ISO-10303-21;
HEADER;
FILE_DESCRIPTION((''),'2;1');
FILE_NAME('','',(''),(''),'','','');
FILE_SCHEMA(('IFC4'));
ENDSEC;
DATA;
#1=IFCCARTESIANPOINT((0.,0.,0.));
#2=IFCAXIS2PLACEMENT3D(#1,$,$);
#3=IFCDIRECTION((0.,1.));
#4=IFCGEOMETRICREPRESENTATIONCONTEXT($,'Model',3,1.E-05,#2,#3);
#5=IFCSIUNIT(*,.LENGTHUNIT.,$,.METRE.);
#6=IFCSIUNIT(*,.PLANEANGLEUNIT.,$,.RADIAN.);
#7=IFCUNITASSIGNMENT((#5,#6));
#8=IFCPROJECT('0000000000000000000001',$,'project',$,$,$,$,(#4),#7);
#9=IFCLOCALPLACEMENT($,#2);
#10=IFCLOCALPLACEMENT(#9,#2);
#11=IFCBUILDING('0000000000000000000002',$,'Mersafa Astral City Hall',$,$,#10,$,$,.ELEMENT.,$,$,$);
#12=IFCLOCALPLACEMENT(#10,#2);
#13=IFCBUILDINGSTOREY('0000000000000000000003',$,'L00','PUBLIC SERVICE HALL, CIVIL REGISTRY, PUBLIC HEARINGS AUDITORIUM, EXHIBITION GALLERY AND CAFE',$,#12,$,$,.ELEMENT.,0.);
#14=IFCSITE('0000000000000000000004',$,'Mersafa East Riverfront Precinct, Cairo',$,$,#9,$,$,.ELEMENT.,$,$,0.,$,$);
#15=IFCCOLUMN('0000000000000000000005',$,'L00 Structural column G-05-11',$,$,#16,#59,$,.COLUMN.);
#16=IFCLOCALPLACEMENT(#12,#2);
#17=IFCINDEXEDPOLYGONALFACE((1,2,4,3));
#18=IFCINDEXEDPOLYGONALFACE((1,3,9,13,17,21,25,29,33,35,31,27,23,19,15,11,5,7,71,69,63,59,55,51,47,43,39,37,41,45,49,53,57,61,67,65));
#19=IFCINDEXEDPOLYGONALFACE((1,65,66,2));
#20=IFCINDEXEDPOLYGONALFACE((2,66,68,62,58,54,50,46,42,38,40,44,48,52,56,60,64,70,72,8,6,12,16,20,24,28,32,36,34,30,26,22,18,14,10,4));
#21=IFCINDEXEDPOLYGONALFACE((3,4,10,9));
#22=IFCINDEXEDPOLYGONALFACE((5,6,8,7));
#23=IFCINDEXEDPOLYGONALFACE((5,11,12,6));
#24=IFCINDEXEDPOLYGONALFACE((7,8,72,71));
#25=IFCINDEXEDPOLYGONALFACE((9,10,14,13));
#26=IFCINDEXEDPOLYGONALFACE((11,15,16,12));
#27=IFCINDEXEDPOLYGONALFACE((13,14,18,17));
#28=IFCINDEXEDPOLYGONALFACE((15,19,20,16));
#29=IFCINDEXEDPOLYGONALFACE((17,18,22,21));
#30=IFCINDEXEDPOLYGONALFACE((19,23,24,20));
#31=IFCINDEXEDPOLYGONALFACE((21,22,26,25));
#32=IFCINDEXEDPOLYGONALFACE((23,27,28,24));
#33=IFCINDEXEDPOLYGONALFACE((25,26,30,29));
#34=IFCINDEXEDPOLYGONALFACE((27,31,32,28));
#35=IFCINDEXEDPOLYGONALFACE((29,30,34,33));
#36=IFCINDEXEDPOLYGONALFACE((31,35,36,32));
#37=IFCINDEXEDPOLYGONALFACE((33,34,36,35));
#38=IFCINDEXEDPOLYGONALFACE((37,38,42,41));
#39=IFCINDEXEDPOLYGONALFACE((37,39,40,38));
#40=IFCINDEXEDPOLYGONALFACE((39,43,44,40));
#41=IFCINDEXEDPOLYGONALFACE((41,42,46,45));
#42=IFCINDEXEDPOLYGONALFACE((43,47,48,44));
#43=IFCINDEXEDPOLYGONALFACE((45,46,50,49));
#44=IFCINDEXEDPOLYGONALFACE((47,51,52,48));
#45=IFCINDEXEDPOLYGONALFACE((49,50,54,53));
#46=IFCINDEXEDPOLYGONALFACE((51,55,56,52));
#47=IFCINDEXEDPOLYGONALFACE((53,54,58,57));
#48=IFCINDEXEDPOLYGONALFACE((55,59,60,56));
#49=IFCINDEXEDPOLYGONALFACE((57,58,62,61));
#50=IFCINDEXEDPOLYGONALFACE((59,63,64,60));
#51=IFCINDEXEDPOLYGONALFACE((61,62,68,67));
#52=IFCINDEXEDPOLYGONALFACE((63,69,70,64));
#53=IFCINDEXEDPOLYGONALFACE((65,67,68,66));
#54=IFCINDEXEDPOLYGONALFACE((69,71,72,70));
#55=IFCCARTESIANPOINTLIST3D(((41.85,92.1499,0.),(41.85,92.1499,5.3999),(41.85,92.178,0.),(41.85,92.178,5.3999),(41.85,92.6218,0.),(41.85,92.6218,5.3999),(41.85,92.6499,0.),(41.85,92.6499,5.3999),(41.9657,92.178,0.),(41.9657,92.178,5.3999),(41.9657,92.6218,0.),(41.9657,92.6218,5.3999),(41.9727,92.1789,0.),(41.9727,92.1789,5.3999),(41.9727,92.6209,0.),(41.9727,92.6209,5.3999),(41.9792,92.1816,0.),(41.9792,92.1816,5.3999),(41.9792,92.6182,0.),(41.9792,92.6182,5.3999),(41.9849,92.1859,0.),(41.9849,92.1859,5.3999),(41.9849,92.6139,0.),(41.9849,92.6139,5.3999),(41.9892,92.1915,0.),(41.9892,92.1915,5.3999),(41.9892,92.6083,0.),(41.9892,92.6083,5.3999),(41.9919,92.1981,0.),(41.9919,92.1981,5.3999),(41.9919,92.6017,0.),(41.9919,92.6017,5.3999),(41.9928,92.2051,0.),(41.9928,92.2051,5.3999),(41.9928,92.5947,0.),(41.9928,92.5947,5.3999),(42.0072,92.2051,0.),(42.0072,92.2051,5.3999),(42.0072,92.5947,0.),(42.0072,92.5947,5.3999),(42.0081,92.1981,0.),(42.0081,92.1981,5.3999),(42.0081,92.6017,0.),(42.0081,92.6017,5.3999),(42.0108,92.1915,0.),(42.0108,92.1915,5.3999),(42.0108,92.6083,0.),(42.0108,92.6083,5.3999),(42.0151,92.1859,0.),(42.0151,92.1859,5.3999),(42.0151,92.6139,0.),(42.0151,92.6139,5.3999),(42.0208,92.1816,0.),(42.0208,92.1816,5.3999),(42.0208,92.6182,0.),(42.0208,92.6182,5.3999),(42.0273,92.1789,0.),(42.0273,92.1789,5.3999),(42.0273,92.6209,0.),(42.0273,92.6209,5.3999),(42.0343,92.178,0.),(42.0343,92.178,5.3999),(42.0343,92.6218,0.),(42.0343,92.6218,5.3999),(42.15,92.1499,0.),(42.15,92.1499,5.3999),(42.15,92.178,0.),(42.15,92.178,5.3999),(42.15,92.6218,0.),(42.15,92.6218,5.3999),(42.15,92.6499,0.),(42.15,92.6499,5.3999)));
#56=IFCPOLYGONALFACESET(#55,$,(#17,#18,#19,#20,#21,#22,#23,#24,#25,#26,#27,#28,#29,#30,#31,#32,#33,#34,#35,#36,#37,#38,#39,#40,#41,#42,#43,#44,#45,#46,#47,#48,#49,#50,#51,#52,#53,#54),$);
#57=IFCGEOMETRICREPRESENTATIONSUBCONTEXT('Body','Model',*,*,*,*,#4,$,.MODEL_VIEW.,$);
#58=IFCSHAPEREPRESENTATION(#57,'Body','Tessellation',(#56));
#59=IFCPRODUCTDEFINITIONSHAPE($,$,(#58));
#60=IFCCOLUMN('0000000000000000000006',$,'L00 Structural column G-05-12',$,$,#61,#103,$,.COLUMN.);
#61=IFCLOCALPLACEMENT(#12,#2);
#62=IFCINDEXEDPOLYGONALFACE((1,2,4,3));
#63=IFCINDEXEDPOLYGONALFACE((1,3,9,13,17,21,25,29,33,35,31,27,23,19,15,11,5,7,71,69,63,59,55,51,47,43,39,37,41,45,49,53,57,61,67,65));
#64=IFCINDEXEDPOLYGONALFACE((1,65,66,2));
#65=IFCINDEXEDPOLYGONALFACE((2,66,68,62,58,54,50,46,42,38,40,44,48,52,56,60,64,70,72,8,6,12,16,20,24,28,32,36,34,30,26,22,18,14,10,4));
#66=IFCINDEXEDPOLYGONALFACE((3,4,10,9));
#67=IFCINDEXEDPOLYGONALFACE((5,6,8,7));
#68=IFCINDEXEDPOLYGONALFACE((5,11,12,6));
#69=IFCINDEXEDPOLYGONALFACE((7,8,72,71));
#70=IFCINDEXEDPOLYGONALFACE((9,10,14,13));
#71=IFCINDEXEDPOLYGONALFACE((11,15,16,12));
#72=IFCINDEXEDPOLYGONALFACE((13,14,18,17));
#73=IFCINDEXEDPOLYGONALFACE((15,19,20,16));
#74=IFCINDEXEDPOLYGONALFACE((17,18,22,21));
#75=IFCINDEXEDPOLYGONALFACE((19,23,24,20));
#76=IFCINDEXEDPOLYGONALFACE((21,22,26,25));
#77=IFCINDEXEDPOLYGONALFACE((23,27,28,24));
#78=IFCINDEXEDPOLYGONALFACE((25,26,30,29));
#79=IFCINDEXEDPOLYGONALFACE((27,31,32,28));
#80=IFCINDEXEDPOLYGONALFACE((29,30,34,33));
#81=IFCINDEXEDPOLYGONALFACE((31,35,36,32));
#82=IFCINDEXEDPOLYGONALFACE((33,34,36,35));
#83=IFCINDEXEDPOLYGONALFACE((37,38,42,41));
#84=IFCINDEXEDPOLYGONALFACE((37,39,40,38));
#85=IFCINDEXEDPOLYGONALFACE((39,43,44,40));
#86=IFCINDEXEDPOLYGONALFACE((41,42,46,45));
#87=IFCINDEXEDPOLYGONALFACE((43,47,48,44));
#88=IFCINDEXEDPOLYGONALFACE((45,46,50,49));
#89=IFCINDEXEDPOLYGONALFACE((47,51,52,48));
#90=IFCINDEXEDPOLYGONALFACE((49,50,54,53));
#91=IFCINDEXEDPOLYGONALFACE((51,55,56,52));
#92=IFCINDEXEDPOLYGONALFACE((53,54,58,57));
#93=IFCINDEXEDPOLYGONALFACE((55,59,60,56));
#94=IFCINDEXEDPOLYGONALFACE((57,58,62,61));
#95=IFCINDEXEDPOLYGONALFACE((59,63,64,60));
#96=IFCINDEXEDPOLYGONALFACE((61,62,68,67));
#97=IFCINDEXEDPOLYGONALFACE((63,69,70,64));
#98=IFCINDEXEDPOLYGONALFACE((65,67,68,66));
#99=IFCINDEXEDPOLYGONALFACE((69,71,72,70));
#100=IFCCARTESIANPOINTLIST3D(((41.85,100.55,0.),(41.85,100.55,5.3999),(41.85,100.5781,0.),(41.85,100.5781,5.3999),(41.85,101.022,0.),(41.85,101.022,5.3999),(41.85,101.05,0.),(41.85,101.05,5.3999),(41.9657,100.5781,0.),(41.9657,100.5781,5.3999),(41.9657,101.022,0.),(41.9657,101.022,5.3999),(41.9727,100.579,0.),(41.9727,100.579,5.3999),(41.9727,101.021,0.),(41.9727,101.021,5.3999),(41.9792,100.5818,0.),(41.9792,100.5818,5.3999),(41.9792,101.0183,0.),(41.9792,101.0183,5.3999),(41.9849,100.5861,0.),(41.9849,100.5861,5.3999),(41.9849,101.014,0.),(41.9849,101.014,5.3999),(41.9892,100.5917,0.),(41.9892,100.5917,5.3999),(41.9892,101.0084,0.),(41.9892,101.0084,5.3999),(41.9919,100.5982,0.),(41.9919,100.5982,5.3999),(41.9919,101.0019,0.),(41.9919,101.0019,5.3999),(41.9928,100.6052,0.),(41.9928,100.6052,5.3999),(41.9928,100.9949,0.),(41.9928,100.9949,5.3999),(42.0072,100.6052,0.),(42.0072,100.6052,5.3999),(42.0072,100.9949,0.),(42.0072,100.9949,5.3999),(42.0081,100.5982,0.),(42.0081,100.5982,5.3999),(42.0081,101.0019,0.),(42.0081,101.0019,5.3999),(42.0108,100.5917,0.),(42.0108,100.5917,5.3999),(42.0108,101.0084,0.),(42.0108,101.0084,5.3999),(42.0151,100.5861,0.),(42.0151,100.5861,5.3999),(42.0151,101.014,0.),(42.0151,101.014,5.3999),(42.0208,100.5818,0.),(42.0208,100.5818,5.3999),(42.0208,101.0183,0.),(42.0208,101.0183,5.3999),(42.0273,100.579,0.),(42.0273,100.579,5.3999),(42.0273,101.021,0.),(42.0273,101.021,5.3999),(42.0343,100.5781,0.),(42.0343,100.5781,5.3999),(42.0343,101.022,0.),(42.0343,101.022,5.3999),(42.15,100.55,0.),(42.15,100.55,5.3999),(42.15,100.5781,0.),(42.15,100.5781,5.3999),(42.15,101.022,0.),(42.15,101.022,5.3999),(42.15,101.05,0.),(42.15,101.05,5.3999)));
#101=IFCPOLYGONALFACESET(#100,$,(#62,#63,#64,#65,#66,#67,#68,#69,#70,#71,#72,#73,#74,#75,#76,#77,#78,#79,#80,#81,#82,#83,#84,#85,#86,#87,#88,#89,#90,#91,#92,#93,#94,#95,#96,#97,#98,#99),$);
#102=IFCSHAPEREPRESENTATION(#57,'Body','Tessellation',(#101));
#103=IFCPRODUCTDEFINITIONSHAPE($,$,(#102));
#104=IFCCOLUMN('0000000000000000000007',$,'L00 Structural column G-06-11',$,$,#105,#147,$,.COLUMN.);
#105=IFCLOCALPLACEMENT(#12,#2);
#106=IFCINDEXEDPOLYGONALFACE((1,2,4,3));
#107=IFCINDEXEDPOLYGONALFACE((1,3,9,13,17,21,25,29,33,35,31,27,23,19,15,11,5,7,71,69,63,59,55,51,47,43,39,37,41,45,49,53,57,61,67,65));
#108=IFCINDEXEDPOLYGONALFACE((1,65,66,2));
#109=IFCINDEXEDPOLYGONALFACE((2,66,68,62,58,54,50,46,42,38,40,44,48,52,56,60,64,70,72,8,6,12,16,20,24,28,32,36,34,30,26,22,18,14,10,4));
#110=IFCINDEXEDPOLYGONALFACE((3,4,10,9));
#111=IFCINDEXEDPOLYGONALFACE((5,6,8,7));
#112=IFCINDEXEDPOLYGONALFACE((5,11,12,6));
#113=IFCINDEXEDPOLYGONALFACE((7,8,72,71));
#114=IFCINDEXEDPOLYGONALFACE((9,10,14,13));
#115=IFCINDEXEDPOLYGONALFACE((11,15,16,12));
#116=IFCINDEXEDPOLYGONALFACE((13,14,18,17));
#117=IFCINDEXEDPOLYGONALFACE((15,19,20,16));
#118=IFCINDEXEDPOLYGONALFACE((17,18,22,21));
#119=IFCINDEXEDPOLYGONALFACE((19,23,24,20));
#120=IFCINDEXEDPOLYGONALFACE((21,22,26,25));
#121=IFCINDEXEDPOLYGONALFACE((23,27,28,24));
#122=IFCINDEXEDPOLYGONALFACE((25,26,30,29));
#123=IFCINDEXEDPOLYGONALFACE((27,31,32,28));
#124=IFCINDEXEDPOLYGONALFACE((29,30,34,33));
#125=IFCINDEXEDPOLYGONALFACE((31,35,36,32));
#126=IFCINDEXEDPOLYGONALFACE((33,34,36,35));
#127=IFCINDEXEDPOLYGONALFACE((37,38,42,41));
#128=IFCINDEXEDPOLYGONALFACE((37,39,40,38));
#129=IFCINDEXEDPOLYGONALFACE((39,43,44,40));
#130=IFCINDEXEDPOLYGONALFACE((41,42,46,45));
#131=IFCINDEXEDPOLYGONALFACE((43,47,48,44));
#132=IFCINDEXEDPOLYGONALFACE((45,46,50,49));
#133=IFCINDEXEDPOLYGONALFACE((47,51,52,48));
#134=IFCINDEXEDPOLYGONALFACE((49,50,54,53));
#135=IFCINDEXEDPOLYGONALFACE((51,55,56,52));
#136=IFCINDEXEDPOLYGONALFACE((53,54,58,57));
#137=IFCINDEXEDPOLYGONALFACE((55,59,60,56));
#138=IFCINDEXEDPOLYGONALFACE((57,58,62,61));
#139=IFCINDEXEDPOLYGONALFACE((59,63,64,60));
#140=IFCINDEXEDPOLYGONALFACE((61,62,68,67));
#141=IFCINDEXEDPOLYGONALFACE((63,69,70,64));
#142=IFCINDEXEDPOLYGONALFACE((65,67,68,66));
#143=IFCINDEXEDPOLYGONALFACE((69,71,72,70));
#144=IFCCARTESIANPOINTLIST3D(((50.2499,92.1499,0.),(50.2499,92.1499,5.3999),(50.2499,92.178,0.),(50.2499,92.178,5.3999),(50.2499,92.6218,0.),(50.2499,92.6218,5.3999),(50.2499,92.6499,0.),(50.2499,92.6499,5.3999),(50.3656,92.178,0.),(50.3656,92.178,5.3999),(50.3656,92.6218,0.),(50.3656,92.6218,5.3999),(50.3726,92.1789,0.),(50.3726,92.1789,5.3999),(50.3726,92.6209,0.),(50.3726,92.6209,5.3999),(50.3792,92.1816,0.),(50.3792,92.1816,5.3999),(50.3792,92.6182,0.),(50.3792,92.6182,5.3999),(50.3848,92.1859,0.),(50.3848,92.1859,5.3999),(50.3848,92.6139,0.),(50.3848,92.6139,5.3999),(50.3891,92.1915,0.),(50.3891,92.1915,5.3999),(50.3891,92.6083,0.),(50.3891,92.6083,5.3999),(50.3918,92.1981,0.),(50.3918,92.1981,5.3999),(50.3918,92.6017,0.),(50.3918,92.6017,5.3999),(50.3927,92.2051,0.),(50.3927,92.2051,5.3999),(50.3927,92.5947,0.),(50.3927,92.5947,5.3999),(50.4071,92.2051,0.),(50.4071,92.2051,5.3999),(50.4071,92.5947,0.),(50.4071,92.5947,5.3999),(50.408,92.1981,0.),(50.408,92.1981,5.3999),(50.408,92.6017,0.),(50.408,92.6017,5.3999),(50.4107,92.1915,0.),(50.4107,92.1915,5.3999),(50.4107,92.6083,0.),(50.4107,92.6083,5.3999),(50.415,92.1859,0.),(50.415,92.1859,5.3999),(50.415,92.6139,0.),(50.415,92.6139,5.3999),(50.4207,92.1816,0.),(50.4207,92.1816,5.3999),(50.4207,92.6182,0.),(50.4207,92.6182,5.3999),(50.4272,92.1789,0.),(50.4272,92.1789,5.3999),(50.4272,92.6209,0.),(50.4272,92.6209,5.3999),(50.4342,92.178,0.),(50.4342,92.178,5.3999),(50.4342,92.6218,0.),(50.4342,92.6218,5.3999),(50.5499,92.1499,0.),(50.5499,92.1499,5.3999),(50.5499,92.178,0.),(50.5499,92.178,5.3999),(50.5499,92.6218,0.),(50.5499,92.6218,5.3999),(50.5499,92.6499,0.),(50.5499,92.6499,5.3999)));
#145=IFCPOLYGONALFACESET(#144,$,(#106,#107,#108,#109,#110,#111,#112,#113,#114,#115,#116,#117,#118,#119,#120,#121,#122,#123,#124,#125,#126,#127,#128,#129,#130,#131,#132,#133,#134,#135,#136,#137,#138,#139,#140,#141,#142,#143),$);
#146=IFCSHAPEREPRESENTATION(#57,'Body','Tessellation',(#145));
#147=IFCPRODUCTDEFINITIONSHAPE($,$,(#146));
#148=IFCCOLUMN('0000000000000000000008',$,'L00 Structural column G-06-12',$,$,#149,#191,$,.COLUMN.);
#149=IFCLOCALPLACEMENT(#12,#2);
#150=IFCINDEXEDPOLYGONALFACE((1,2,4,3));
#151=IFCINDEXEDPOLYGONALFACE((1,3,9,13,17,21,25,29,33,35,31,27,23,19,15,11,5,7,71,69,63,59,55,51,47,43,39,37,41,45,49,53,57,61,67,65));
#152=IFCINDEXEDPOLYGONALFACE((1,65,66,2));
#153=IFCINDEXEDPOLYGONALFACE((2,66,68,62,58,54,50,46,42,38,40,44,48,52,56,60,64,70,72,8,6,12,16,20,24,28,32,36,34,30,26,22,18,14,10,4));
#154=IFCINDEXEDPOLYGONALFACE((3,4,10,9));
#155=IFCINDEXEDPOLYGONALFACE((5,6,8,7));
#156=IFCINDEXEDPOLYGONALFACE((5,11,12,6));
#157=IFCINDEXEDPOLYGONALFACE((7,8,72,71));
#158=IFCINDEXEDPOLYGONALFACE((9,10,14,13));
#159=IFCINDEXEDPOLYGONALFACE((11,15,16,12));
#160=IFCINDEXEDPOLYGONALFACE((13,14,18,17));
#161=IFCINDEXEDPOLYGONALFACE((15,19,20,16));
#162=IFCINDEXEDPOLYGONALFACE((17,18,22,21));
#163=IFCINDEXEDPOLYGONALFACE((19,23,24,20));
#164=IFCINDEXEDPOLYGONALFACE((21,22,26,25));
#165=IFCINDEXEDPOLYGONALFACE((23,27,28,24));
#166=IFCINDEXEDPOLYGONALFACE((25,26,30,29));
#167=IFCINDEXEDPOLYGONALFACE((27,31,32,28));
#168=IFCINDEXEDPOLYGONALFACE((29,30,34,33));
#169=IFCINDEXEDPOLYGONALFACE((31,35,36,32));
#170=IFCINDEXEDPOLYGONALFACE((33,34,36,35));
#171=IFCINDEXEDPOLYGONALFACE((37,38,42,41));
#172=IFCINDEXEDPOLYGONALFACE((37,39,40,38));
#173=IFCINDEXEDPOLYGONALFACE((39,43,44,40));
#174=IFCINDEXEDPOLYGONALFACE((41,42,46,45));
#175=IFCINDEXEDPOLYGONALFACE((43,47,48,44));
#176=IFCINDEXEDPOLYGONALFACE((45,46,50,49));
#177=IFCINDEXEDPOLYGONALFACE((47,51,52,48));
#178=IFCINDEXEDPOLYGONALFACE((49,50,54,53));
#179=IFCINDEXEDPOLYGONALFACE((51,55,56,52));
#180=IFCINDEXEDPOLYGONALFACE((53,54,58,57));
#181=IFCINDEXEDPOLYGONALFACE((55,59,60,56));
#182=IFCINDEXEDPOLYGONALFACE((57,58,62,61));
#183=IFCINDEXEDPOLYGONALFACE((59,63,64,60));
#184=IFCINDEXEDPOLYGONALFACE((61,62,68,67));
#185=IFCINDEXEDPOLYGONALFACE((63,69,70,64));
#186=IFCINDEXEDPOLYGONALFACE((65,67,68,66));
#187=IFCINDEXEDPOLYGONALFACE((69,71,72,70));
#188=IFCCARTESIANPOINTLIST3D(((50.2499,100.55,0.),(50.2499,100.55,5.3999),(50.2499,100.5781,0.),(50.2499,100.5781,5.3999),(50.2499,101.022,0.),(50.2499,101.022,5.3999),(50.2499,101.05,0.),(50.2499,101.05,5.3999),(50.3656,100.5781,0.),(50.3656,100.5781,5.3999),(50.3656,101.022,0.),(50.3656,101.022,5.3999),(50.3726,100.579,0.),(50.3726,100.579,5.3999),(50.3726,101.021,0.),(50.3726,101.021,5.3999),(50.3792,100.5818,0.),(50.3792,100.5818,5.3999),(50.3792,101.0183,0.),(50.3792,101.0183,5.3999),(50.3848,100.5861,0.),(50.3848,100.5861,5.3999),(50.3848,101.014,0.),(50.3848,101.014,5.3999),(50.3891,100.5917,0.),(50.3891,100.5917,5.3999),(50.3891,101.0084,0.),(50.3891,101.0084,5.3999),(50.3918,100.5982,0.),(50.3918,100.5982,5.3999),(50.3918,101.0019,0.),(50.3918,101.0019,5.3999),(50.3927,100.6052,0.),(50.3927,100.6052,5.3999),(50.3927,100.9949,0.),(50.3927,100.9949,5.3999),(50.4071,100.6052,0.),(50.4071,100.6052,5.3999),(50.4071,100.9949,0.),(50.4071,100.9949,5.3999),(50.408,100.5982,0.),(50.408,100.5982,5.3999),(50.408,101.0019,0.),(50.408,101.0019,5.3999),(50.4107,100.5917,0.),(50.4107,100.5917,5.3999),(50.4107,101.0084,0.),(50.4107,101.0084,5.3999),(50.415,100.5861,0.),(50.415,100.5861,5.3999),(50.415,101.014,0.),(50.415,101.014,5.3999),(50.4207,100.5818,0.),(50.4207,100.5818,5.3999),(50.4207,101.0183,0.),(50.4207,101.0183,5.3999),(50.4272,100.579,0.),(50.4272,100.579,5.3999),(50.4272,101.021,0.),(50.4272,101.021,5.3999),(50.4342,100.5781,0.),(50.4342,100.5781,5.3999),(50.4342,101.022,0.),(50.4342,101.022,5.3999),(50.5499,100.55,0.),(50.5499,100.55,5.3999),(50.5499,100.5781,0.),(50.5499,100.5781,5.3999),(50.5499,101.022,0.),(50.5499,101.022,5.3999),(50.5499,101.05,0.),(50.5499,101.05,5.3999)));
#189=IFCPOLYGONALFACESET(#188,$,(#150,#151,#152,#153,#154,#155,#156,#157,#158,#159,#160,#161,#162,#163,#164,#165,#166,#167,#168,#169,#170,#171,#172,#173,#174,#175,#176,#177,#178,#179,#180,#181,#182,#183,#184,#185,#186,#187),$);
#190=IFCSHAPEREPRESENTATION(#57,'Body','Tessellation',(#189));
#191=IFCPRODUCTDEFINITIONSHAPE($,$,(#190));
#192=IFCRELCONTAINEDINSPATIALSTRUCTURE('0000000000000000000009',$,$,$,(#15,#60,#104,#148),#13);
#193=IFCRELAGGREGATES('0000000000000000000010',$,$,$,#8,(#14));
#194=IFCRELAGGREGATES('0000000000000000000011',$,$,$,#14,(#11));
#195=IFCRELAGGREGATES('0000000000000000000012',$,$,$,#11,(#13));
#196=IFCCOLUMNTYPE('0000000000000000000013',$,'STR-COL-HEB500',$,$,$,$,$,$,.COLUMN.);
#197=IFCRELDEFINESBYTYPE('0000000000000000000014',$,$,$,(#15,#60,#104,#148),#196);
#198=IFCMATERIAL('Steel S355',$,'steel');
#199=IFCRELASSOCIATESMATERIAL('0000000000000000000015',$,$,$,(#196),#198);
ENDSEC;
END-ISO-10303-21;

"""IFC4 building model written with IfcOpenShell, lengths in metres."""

from ifc_helpers import new_model, si_unit, direction, frame, origin, origin_2d, place, context, subcontext, project, spatial, i_section, extrude, material, material_profile, profile_set, type_object, element, save


model = new_model("IFC4")

# Units and contexts
model_context = context("Model", 3, precision=1e-05, world=origin(), true_north=direction((0.0, 1.0)))
body_context = subcontext(model_context, "Body", "Model", "MODEL_VIEW")
ifc_project = project(units=[si_unit("LENGTHUNIT", "METRE"), si_unit("PLANEANGLEUNIT", "RADIAN")], contexts=[model_context])

# Site, building, storey
site_placement = place(None, origin())
site = spatial("IfcSite", under=ifc_project, at=site_placement, Name="Mersafa East Riverfront Precinct, Cairo", CompositionType="ELEMENT", RefElevation=0.0)
building_placement = place(site_placement, origin())
building = spatial("IfcBuilding", under=site, at=building_placement, Name="Mersafa Astral City Hall", CompositionType="ELEMENT")
storey_placement = place(building_placement, origin())
storey = spatial("IfcBuildingStorey", under=building, at=storey_placement, Name="L00", Description="PUBLIC SERVICE HALL, CIVIL REGISTRY, PUBLIC HEARINGS AUDITORIUM, EXHIBITION GALLERY AND CAFE", CompositionType="ELEMENT", Elevation=0.0)

# Columns
ifc_material_1 = material(Name="Steel S355", Category="steel")
ifc_material_profile_1 = material_profile(ifc_material_1, i_section(OverallWidth=0.3, OverallDepth=0.5, WebThickness=0.0144, FlangeThickness=0.0281, FilletRadius=0.0271, at=origin_2d()), Name="HEB 500")
ifc_profile_set_1 = profile_set([ifc_material_profile_1], Name="Steel S355")
column_type_1 = type_object("IfcColumnType", Name="STR-COL-HEB500", PredefinedType="COLUMN", material=ifc_profile_set_1)
for number, where, z_axis, x_axis, name in (
    (1, (42.0, 92.3999, 0.0), (0.0, 0.0, 1.0), (1.0, 0.0, 0.0), "L00 Structural column G-05-11"),
    (2, (42.0, 100.8, 0.0), (0.0, 0.0, 1.0), (1.0, 0.0, 0.0), "L00 Structural column G-05-12"),
    (3, (50.3999, 92.3999, 0.0), (0.0, 0.0, 1.0), (1.0, 0.0, 0.0), "L00 Structural column G-06-11"),
    (4, (50.3999, 100.8, 0.0), (0.0, 0.0, 1.0), (1.0, 0.0, 0.0), "L00 Structural column G-06-12"),
):
    element("IfcColumn", number, at=place(storey_placement, frame(where, z_axis=z_axis, x_axis=x_axis)), inside=storey, type_object=column_type_1, Name=name, PredefinedType="COLUMN", context=body_context, shape_type="SweptSolid", body=[
        extrude(i_section(OverallWidth=0.3, OverallDepth=0.5, WebThickness=0.0144, FlangeThickness=0.0281, FilletRadius=0.0271, at=origin_2d()), origin(), (0.0, 0.0, 1.0), 5.3999),
    ])

save(model, "model.ifc")
